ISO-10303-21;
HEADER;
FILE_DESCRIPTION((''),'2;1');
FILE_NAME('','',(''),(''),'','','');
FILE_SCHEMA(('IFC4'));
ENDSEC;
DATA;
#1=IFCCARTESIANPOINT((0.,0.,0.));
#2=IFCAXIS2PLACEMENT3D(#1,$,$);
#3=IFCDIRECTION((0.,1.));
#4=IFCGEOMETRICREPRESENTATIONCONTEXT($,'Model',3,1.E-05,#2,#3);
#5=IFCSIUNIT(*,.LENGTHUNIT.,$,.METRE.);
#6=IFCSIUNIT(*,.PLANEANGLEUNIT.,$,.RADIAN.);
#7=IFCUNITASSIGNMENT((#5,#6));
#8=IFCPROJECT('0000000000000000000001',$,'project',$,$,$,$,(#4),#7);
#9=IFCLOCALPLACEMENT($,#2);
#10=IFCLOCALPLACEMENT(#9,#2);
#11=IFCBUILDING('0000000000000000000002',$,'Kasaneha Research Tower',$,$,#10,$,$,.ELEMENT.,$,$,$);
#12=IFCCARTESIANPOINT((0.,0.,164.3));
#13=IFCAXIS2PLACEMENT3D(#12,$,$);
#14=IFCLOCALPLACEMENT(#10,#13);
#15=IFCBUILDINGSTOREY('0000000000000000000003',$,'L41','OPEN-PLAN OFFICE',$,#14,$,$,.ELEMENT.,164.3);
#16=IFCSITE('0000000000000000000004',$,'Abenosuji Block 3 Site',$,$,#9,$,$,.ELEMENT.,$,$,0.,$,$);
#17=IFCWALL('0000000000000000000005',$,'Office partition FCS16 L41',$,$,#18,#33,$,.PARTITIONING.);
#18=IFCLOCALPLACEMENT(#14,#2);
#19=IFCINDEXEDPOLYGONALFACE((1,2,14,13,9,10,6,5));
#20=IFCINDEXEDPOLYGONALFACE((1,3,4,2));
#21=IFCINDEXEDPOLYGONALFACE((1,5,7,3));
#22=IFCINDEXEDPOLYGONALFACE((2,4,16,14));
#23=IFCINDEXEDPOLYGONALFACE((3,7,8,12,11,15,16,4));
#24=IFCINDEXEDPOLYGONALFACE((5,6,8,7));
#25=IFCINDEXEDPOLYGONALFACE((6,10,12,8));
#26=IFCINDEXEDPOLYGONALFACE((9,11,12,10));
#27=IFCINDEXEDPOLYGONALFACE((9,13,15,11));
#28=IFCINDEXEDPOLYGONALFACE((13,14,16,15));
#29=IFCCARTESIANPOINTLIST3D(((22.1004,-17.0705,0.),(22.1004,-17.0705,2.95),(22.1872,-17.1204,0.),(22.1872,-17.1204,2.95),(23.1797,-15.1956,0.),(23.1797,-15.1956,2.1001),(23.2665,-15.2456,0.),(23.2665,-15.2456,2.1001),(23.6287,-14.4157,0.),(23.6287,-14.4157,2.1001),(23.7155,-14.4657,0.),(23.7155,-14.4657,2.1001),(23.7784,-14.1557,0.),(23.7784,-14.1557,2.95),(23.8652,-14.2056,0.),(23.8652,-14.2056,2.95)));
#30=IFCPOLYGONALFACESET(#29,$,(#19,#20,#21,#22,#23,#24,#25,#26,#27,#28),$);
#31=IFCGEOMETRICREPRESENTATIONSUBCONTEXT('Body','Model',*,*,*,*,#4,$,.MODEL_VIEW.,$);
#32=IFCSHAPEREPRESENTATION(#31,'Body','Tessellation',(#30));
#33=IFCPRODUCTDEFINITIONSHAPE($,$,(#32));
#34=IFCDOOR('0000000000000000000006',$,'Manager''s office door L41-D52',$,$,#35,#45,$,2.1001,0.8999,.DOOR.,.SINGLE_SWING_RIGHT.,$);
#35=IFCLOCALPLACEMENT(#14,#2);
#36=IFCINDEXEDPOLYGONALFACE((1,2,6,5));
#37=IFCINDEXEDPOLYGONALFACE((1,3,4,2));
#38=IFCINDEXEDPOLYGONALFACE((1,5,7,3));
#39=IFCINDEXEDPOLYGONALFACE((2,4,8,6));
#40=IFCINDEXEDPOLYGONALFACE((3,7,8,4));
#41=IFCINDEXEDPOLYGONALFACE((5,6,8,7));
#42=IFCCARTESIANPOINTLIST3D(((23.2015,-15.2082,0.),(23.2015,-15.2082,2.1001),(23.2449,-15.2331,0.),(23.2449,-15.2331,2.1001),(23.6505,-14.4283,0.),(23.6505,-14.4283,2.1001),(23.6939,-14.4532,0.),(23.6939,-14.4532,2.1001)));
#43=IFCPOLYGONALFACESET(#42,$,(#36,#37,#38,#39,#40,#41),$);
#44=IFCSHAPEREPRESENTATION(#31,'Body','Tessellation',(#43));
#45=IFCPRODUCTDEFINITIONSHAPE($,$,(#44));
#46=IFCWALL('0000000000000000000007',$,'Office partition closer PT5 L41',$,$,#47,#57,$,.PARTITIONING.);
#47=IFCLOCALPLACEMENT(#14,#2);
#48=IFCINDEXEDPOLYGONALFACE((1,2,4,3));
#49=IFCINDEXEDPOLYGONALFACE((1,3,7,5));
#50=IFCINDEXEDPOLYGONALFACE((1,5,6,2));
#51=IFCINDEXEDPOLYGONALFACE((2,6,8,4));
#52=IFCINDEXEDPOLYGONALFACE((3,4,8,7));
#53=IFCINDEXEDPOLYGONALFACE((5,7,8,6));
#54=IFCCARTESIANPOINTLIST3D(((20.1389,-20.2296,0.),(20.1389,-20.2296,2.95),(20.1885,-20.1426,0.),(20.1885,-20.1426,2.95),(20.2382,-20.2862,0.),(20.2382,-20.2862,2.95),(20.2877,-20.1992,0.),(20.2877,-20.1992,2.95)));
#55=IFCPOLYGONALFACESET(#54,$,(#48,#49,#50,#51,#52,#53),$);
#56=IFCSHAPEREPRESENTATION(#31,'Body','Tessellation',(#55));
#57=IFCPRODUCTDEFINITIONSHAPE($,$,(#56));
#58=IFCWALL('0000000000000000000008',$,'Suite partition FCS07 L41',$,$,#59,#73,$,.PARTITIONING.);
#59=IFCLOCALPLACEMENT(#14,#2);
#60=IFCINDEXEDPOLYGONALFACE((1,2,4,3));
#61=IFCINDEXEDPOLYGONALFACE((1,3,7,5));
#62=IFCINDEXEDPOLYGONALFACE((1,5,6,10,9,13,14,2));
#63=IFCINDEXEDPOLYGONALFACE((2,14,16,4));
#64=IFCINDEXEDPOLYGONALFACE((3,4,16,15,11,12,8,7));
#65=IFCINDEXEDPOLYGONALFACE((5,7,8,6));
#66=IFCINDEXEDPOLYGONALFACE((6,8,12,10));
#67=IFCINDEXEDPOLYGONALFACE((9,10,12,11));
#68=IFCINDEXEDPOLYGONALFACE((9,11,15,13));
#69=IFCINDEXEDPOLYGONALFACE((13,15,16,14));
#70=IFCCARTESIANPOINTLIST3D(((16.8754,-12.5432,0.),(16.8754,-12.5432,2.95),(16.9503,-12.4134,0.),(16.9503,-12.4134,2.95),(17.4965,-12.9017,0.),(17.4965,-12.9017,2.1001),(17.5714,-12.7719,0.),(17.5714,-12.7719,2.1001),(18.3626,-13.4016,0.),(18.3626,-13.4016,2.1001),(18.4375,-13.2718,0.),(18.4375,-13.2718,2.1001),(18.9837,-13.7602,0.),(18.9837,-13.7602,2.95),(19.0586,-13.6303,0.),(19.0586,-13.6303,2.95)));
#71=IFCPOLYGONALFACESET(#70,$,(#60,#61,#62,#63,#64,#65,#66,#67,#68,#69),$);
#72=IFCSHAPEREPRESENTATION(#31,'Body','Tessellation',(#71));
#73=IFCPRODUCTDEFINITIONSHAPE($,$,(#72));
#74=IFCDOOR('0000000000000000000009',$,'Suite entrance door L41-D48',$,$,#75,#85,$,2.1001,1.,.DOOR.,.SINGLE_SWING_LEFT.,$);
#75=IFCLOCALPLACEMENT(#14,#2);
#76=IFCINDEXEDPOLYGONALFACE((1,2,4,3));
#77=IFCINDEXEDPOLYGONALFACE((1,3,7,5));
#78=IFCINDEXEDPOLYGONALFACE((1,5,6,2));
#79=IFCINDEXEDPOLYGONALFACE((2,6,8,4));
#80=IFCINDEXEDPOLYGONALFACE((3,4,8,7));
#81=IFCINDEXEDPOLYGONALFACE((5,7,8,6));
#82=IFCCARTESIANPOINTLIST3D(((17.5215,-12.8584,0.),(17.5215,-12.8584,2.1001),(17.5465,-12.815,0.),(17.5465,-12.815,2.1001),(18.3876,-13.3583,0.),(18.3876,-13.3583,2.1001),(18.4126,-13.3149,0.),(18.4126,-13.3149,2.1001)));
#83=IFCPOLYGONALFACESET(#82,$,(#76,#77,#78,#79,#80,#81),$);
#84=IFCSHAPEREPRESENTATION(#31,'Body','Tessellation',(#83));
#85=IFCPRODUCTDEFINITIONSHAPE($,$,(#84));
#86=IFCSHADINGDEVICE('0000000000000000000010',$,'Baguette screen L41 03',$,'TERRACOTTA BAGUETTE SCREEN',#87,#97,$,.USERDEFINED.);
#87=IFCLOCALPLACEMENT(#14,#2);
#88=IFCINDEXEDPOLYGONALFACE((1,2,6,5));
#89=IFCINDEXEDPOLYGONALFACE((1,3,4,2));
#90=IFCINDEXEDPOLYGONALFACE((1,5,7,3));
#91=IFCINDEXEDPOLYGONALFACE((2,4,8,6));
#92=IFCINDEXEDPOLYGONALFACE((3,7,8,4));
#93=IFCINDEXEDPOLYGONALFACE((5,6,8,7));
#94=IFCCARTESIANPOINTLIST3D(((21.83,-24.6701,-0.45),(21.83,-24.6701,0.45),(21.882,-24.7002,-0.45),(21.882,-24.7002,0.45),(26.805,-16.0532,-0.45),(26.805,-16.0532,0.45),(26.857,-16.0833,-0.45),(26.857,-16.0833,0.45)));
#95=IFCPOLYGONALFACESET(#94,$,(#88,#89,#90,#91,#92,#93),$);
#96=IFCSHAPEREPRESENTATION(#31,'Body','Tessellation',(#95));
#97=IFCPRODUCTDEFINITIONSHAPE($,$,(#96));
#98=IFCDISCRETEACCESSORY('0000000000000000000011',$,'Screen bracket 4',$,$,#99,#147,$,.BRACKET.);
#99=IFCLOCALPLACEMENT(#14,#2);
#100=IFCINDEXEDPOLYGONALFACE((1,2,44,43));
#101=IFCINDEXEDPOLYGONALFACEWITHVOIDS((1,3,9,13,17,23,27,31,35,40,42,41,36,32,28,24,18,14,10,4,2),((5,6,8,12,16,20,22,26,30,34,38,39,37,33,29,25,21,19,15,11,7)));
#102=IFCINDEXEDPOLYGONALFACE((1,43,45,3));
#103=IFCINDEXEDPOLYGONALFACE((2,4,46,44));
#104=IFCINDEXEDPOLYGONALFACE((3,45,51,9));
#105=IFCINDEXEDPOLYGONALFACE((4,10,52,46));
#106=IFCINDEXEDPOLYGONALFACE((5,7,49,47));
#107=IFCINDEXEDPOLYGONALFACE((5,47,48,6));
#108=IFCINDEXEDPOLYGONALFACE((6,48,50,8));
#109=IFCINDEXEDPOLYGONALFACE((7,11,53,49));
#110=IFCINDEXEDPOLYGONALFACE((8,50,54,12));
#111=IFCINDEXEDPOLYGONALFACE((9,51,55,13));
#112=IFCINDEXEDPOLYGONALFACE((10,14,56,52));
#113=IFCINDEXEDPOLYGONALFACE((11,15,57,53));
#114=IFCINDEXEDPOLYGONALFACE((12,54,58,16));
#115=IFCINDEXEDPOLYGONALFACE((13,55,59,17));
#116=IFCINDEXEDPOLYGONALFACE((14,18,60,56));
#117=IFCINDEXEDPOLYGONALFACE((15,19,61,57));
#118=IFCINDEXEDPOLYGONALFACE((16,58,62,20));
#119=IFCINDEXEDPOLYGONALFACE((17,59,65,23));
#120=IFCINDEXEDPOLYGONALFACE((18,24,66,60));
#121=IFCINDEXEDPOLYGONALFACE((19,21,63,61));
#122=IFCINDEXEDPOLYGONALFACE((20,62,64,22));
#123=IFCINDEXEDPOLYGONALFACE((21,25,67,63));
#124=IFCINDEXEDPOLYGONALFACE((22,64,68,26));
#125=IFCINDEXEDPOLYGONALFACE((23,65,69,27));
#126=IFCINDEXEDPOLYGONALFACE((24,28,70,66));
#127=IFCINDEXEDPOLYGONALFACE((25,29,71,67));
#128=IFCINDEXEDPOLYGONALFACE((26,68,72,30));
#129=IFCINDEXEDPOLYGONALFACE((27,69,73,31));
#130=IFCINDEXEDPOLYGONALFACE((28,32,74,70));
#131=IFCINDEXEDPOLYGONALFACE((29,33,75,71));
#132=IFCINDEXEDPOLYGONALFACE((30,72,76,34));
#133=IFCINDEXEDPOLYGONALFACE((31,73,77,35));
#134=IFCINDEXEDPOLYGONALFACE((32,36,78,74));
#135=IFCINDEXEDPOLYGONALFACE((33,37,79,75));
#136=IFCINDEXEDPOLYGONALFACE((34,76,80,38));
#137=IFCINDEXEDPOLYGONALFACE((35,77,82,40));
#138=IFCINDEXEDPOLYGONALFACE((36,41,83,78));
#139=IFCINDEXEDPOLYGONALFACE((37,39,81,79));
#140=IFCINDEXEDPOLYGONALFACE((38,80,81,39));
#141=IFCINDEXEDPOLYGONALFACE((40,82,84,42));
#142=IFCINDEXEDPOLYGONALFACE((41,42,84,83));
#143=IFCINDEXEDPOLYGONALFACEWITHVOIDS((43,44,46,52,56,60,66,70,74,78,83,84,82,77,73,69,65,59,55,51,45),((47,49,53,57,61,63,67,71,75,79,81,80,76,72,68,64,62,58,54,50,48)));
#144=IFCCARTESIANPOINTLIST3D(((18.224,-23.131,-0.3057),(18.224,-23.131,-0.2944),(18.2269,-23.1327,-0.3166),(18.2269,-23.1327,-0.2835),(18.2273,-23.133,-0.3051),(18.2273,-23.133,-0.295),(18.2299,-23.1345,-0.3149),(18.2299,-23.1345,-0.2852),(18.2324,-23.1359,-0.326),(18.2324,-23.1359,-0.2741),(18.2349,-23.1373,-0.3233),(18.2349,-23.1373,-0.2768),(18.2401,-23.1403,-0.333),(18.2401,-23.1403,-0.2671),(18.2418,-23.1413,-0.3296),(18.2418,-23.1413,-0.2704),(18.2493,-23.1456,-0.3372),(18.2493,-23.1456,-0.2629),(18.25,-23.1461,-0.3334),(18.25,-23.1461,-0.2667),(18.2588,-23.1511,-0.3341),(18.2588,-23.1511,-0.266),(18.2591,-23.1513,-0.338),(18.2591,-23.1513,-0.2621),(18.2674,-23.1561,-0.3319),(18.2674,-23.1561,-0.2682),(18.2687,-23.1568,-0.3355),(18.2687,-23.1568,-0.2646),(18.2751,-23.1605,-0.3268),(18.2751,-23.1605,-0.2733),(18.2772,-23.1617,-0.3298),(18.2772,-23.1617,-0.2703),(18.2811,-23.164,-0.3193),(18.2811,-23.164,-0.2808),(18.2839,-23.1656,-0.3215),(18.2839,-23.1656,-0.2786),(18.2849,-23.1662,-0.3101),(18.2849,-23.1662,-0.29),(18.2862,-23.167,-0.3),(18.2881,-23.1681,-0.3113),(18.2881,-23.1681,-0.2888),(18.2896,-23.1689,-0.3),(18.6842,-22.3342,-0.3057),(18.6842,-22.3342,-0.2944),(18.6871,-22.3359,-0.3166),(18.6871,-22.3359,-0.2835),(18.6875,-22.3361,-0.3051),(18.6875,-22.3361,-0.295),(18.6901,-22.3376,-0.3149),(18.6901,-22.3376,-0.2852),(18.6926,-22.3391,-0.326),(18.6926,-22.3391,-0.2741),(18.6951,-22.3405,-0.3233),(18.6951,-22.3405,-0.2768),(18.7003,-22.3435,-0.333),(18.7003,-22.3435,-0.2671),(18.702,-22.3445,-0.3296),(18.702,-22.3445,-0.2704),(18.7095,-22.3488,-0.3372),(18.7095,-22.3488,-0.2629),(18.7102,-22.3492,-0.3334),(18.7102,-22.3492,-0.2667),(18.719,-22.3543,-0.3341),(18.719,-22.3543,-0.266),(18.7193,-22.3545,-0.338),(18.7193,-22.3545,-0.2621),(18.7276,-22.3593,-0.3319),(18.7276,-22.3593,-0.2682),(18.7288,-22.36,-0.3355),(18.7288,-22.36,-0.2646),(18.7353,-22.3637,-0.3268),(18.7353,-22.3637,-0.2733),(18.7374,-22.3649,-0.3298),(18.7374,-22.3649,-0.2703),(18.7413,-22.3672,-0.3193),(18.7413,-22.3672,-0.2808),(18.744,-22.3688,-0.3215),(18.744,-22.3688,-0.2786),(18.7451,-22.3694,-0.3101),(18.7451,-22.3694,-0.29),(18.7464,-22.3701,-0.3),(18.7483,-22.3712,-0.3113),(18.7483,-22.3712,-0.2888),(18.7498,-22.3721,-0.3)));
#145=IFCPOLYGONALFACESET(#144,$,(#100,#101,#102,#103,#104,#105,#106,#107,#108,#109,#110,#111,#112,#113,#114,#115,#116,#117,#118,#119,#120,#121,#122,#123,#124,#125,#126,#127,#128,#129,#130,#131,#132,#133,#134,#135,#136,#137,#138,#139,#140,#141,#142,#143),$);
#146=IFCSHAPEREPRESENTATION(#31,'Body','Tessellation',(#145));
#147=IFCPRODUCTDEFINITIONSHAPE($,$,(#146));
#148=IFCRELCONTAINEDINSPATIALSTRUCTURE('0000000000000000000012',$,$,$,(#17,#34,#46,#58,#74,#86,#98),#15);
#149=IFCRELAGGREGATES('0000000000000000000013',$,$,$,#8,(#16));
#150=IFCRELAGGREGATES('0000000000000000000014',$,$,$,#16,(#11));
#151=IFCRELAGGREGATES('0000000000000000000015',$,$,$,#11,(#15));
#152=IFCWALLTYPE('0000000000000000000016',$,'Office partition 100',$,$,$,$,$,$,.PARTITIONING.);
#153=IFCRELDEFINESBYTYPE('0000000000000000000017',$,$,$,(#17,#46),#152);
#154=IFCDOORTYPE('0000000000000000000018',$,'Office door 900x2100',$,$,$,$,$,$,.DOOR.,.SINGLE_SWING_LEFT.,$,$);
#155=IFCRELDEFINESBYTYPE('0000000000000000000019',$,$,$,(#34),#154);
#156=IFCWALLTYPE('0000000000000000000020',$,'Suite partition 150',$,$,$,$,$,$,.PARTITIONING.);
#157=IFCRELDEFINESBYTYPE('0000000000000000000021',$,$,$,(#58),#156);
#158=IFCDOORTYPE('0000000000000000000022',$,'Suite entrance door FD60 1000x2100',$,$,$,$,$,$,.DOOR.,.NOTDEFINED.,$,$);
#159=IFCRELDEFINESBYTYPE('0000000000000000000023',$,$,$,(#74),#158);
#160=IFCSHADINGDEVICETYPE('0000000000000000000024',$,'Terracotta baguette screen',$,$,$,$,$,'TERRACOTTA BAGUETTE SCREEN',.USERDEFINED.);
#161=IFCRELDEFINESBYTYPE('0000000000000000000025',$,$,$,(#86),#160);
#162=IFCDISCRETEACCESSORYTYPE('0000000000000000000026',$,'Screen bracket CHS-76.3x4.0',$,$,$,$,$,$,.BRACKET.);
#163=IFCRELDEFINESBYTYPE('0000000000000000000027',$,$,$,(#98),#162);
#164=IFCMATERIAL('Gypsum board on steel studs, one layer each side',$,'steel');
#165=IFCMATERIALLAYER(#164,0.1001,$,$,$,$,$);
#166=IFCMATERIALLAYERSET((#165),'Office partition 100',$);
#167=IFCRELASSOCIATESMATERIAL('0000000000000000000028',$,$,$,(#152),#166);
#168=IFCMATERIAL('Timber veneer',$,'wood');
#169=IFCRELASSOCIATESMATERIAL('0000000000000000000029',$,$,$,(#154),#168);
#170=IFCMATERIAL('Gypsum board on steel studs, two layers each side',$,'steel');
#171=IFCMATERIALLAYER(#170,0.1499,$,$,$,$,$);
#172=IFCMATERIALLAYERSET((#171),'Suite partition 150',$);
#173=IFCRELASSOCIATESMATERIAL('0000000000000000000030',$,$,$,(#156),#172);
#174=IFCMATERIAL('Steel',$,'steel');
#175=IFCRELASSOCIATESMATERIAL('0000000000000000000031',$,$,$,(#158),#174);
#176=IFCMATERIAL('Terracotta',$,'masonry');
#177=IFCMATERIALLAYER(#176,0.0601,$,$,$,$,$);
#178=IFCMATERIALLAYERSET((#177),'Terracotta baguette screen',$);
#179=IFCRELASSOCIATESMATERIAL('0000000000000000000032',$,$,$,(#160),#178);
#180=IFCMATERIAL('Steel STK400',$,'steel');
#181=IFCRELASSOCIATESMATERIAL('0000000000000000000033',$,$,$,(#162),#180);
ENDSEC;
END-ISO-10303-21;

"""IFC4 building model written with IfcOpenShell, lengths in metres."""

from ifc_helpers import new_model, si_unit, direction, frame, frame_2d, origin, origin_2d, place, context, subcontext, project, spatial, rectangle, hollow_circle, extrude, material, layer, layer_set, material_profile, profile_set, type_object, element, fill, save


model = new_model("IFC4")

# Units and contexts
model_context = context("Model", 3, precision=1e-05, world=origin(), true_north=direction((0.0, 1.0)))
body_context = subcontext(model_context, "Body", "Model", "MODEL_VIEW")
ifc_project = project(units=[si_unit("LENGTHUNIT", "METRE"), si_unit("PLANEANGLEUNIT", "RADIAN")], contexts=[model_context])

# Site, building, storey
site_placement = place(None, origin())
site = spatial("IfcSite", under=ifc_project, at=site_placement, Name="Abenosuji Block 3 Site", CompositionType="ELEMENT", RefElevation=0.0)
building_placement = place(site_placement, origin())
building = spatial("IfcBuilding", under=site, at=building_placement, Name="Kasaneha Research Tower", CompositionType="ELEMENT")
storey_placement = place(building_placement, frame((0.0, 0.0, 164.3)))
storey = spatial("IfcBuildingStorey", under=building, at=storey_placement, Name="L41", Description="OPEN-PLAN OFFICE", CompositionType="ELEMENT", Elevation=164.3)

# Shared definitions
ifc_material_1 = material(Name="Gypsum board on steel studs, one layer each side", Category="steel")
ifc_layer_1 = layer(ifc_material_1, 0.1001)
ifc_layer_set_1 = layer_set([ifc_layer_1], Name="Office partition 100")
wall_type_1 = type_object("IfcWallType", Name="Office partition 100", PredefinedType="PARTITIONING", material=ifc_layer_set_1)

# Wall, opening, door
ifc_material_2 = material(Name="Timber veneer", Category="wood")
door_type_1 = type_object("IfcDoorType", Name="Office door 900x2100", OperationType="SINGLE_SWING_LEFT", PredefinedType="DOOR", material=ifc_material_2)
wall_1_placement = place(storey_placement, frame((22.1438, -17.0955, 0.0), z_axis=(0.0, 0.0, 1.0), x_axis=(0.498912, 0.866653, 0.0)))
wall_1 = element("IfcWall", 1, at=wall_1_placement, inside=storey, type_object=wall_type_1, Name="Office partition FCS16 L41", PredefinedType="PARTITIONING", context=body_context, shape_type="SweptSolid", body=[
    extrude(rectangle(XDim=3.3633, YDim=0.1001, at=frame_2d((1.6816, 0.0))), origin(), (0.0, 0.0, 1.0), 2.95),
])
opening_1_placement = place(wall_1_placement, frame((2.1633, 0.0, 0.0)))
opening_1 = element("IfcOpeningElement", 2, at=opening_1_placement, cuts=wall_1, PredefinedType="OPENING", context=body_context, shape_type="SweptSolid", body=[
    extrude(rectangle(XDim=0.8999, YDim=2.1001, at=frame_2d((0.45, 1.05))), frame((0.0, 0.0601, 0.0), z_axis=(0.0, -1.0, 0.0), x_axis=(1.0, 0.0, 0.0)), (0.0, 0.0, 1.0), 0.1201),
])
door_1_placement = place(opening_1_placement, origin())
door_1 = element("IfcDoor", 3, at=door_1_placement, inside=storey, type_object=door_type_1, Name="Manager's office door L41-D52", OperationType="SINGLE_SWING_RIGHT", OverallHeight=2.1001, OverallWidth=0.8999, PredefinedType="DOOR", context=body_context, shape_type="SweptSolid", body=[
    extrude(rectangle(XDim=0.8999, YDim=2.1001, at=frame_2d((0.45, 1.05))), frame((0.0, 0.0249, 0.0), z_axis=(0.0, -1.0, 0.0), x_axis=(1.0, 0.0, 0.0)), (0.0, 0.0, 1.0), 0.05),
])
fill(opening_1, door_1)

# Wall
wall_2_placement = place(storey_placement, frame((20.2629, -20.2427, 0.0), z_axis=(0.0, 0.0, 1.0), x_axis=(-0.868768, 0.495219, 0.0)))
element("IfcWall", 4, at=wall_2_placement, inside=storey, type_object=wall_type_1, Name="Office partition closer PT5 L41", PredefinedType="PARTITIONING", context=body_context, shape_type="SweptSolid", body=[
    extrude(rectangle(XDim=0.1143, YDim=0.1001, at=frame_2d((0.0571, 0.0))), origin(), (0.0, 0.0, 1.0), 2.95),
])

# Wall, opening, door
ifc_material_3 = material(Name="Gypsum board on steel studs, two layers each side", Category="steel")
ifc_layer_2 = layer(ifc_material_3, 0.1499)
ifc_layer_set_2 = layer_set([ifc_layer_2], Name="Suite partition 150")
wall_type_2 = type_object("IfcWallType", Name="Suite partition 150", PredefinedType="PARTITIONING", material=ifc_layer_set_2)
wall_3_placement = place(storey_placement, frame((19.0212, -13.6953, 0.0), z_axis=(0.0, 0.0, 1.0), x_axis=(-0.866069, 0.499925, 0.0)))
wall_3 = element("IfcWall", 5, at=wall_3_placement, inside=storey, type_object=wall_type_2, Name="Suite partition FCS07 L41", PredefinedType="PARTITIONING", context=body_context, shape_type="SweptSolid", body=[
    extrude(rectangle(XDim=2.4343, YDim=0.1499, at=frame_2d((1.2173, 0.0))), origin(), (0.0, 0.0, 1.0), 2.95),
])
opening_2_placement = place(wall_3_placement, frame((0.7173, 0.0, 0.0)))
opening_2 = element("IfcOpeningElement", 6, at=opening_2_placement, cuts=wall_3, PredefinedType="OPENING", context=body_context, shape_type="SweptSolid", body=[
    extrude(rectangle(XDim=1.0, YDim=2.1001, at=frame_2d((0.5, 1.05))), frame((0.0, 0.085, 0.0), z_axis=(0.0, -1.0, 0.0), x_axis=(1.0, 0.0, 0.0)), (0.0, 0.0, 1.0), 0.1699),
])
ifc_material_4 = material(Name="Steel", Category="steel")
door_type_2 = type_object("IfcDoorType", Name="Suite entrance door FD60 1000x2100", OperationType="NOTDEFINED", PredefinedType="DOOR", material=ifc_material_4)
door_2_placement = place(opening_2_placement, origin())
door_2 = element("IfcDoor", 7, at=door_2_placement, inside=storey, type_object=door_type_2, Name="Suite entrance door L41-D48", OperationType="SINGLE_SWING_LEFT", OverallHeight=2.1001, OverallWidth=1.0, PredefinedType="DOOR", context=body_context, shape_type="SweptSolid", body=[
    extrude(rectangle(XDim=1.0, YDim=2.1001, at=frame_2d((0.5, 1.05))), frame((0.0, 0.0249, 0.0), z_axis=(0.0, -1.0, 0.0), x_axis=(1.0, 0.0, 0.0)), (0.0, 0.0, 1.0), 0.05),
])
fill(opening_2, door_2)

# Shading device
ifc_material_5 = material(Name="Terracotta", Category="masonry")
ifc_layer_3 = layer(ifc_material_5, 0.0601)
ifc_layer_set_3 = layer_set([ifc_layer_3], Name="Terracotta baguette screen")
shading_device_type = type_object("IfcShadingDeviceType", Name="Terracotta baguette screen", ElementType="TERRACOTTA BAGUETTE SCREEN", PredefinedType="USERDEFINED", material=ifc_layer_set_3)
shading_device_placement = place(storey_placement, frame((24.3435, -20.3767, -0.45), z_axis=(0.0, 0.0, 1.0), x_axis=(0.5, 0.866025, 0.0)))
element("IfcShadingDevice", 8, at=shading_device_placement, inside=storey, type_object=shading_device_type, Name="Baguette screen L41 03", ObjectType="TERRACOTTA BAGUETTE SCREEN", PredefinedType="USERDEFINED", context=body_context, shape_type="SweptSolid", body=[
    extrude(rectangle(XDim=9.95, YDim=0.0601, at=origin_2d()), origin(), (0.0, 0.0, 1.0), 0.8999),
])

# Discrete accessory
ifc_material_6 = material(Name="Steel STK400", Category="steel")
ifc_material_profile_1 = material_profile(ifc_material_6, hollow_circle(Radius=0.0381, WallThickness=0.0039, at=origin_2d()), Name="CHS-76.3x4.0")
ifc_profile_set_1 = profile_set([ifc_material_profile_1], Name="Steel STK400")
discrete_accessory_type = type_object("IfcDiscreteAccessoryType", Name="Screen bracket CHS-76.3x4.0", PredefinedType="BRACKET", material=ifc_profile_set_1)
discrete_accessory_1_placement = place(storey_placement, frame((18.7168, -22.353, -0.3), z_axis=(-0.500105, -0.865965, 0.0), x_axis=(0.865965, -0.500105, 0.0)))
element("IfcDiscreteAccessory", 9, at=discrete_accessory_1_placement, inside=storey, type_object=discrete_accessory_type, Name="Screen bracket 4", PredefinedType="BRACKET", context=body_context, shape_type="SweptSolid", body=[
    extrude(hollow_circle(Radius=0.0381, WallThickness=0.0039, at=origin_2d()), origin(), (0.0, 0.0, 1.0), 0.9202),
])

save(model, "model.ifc")
